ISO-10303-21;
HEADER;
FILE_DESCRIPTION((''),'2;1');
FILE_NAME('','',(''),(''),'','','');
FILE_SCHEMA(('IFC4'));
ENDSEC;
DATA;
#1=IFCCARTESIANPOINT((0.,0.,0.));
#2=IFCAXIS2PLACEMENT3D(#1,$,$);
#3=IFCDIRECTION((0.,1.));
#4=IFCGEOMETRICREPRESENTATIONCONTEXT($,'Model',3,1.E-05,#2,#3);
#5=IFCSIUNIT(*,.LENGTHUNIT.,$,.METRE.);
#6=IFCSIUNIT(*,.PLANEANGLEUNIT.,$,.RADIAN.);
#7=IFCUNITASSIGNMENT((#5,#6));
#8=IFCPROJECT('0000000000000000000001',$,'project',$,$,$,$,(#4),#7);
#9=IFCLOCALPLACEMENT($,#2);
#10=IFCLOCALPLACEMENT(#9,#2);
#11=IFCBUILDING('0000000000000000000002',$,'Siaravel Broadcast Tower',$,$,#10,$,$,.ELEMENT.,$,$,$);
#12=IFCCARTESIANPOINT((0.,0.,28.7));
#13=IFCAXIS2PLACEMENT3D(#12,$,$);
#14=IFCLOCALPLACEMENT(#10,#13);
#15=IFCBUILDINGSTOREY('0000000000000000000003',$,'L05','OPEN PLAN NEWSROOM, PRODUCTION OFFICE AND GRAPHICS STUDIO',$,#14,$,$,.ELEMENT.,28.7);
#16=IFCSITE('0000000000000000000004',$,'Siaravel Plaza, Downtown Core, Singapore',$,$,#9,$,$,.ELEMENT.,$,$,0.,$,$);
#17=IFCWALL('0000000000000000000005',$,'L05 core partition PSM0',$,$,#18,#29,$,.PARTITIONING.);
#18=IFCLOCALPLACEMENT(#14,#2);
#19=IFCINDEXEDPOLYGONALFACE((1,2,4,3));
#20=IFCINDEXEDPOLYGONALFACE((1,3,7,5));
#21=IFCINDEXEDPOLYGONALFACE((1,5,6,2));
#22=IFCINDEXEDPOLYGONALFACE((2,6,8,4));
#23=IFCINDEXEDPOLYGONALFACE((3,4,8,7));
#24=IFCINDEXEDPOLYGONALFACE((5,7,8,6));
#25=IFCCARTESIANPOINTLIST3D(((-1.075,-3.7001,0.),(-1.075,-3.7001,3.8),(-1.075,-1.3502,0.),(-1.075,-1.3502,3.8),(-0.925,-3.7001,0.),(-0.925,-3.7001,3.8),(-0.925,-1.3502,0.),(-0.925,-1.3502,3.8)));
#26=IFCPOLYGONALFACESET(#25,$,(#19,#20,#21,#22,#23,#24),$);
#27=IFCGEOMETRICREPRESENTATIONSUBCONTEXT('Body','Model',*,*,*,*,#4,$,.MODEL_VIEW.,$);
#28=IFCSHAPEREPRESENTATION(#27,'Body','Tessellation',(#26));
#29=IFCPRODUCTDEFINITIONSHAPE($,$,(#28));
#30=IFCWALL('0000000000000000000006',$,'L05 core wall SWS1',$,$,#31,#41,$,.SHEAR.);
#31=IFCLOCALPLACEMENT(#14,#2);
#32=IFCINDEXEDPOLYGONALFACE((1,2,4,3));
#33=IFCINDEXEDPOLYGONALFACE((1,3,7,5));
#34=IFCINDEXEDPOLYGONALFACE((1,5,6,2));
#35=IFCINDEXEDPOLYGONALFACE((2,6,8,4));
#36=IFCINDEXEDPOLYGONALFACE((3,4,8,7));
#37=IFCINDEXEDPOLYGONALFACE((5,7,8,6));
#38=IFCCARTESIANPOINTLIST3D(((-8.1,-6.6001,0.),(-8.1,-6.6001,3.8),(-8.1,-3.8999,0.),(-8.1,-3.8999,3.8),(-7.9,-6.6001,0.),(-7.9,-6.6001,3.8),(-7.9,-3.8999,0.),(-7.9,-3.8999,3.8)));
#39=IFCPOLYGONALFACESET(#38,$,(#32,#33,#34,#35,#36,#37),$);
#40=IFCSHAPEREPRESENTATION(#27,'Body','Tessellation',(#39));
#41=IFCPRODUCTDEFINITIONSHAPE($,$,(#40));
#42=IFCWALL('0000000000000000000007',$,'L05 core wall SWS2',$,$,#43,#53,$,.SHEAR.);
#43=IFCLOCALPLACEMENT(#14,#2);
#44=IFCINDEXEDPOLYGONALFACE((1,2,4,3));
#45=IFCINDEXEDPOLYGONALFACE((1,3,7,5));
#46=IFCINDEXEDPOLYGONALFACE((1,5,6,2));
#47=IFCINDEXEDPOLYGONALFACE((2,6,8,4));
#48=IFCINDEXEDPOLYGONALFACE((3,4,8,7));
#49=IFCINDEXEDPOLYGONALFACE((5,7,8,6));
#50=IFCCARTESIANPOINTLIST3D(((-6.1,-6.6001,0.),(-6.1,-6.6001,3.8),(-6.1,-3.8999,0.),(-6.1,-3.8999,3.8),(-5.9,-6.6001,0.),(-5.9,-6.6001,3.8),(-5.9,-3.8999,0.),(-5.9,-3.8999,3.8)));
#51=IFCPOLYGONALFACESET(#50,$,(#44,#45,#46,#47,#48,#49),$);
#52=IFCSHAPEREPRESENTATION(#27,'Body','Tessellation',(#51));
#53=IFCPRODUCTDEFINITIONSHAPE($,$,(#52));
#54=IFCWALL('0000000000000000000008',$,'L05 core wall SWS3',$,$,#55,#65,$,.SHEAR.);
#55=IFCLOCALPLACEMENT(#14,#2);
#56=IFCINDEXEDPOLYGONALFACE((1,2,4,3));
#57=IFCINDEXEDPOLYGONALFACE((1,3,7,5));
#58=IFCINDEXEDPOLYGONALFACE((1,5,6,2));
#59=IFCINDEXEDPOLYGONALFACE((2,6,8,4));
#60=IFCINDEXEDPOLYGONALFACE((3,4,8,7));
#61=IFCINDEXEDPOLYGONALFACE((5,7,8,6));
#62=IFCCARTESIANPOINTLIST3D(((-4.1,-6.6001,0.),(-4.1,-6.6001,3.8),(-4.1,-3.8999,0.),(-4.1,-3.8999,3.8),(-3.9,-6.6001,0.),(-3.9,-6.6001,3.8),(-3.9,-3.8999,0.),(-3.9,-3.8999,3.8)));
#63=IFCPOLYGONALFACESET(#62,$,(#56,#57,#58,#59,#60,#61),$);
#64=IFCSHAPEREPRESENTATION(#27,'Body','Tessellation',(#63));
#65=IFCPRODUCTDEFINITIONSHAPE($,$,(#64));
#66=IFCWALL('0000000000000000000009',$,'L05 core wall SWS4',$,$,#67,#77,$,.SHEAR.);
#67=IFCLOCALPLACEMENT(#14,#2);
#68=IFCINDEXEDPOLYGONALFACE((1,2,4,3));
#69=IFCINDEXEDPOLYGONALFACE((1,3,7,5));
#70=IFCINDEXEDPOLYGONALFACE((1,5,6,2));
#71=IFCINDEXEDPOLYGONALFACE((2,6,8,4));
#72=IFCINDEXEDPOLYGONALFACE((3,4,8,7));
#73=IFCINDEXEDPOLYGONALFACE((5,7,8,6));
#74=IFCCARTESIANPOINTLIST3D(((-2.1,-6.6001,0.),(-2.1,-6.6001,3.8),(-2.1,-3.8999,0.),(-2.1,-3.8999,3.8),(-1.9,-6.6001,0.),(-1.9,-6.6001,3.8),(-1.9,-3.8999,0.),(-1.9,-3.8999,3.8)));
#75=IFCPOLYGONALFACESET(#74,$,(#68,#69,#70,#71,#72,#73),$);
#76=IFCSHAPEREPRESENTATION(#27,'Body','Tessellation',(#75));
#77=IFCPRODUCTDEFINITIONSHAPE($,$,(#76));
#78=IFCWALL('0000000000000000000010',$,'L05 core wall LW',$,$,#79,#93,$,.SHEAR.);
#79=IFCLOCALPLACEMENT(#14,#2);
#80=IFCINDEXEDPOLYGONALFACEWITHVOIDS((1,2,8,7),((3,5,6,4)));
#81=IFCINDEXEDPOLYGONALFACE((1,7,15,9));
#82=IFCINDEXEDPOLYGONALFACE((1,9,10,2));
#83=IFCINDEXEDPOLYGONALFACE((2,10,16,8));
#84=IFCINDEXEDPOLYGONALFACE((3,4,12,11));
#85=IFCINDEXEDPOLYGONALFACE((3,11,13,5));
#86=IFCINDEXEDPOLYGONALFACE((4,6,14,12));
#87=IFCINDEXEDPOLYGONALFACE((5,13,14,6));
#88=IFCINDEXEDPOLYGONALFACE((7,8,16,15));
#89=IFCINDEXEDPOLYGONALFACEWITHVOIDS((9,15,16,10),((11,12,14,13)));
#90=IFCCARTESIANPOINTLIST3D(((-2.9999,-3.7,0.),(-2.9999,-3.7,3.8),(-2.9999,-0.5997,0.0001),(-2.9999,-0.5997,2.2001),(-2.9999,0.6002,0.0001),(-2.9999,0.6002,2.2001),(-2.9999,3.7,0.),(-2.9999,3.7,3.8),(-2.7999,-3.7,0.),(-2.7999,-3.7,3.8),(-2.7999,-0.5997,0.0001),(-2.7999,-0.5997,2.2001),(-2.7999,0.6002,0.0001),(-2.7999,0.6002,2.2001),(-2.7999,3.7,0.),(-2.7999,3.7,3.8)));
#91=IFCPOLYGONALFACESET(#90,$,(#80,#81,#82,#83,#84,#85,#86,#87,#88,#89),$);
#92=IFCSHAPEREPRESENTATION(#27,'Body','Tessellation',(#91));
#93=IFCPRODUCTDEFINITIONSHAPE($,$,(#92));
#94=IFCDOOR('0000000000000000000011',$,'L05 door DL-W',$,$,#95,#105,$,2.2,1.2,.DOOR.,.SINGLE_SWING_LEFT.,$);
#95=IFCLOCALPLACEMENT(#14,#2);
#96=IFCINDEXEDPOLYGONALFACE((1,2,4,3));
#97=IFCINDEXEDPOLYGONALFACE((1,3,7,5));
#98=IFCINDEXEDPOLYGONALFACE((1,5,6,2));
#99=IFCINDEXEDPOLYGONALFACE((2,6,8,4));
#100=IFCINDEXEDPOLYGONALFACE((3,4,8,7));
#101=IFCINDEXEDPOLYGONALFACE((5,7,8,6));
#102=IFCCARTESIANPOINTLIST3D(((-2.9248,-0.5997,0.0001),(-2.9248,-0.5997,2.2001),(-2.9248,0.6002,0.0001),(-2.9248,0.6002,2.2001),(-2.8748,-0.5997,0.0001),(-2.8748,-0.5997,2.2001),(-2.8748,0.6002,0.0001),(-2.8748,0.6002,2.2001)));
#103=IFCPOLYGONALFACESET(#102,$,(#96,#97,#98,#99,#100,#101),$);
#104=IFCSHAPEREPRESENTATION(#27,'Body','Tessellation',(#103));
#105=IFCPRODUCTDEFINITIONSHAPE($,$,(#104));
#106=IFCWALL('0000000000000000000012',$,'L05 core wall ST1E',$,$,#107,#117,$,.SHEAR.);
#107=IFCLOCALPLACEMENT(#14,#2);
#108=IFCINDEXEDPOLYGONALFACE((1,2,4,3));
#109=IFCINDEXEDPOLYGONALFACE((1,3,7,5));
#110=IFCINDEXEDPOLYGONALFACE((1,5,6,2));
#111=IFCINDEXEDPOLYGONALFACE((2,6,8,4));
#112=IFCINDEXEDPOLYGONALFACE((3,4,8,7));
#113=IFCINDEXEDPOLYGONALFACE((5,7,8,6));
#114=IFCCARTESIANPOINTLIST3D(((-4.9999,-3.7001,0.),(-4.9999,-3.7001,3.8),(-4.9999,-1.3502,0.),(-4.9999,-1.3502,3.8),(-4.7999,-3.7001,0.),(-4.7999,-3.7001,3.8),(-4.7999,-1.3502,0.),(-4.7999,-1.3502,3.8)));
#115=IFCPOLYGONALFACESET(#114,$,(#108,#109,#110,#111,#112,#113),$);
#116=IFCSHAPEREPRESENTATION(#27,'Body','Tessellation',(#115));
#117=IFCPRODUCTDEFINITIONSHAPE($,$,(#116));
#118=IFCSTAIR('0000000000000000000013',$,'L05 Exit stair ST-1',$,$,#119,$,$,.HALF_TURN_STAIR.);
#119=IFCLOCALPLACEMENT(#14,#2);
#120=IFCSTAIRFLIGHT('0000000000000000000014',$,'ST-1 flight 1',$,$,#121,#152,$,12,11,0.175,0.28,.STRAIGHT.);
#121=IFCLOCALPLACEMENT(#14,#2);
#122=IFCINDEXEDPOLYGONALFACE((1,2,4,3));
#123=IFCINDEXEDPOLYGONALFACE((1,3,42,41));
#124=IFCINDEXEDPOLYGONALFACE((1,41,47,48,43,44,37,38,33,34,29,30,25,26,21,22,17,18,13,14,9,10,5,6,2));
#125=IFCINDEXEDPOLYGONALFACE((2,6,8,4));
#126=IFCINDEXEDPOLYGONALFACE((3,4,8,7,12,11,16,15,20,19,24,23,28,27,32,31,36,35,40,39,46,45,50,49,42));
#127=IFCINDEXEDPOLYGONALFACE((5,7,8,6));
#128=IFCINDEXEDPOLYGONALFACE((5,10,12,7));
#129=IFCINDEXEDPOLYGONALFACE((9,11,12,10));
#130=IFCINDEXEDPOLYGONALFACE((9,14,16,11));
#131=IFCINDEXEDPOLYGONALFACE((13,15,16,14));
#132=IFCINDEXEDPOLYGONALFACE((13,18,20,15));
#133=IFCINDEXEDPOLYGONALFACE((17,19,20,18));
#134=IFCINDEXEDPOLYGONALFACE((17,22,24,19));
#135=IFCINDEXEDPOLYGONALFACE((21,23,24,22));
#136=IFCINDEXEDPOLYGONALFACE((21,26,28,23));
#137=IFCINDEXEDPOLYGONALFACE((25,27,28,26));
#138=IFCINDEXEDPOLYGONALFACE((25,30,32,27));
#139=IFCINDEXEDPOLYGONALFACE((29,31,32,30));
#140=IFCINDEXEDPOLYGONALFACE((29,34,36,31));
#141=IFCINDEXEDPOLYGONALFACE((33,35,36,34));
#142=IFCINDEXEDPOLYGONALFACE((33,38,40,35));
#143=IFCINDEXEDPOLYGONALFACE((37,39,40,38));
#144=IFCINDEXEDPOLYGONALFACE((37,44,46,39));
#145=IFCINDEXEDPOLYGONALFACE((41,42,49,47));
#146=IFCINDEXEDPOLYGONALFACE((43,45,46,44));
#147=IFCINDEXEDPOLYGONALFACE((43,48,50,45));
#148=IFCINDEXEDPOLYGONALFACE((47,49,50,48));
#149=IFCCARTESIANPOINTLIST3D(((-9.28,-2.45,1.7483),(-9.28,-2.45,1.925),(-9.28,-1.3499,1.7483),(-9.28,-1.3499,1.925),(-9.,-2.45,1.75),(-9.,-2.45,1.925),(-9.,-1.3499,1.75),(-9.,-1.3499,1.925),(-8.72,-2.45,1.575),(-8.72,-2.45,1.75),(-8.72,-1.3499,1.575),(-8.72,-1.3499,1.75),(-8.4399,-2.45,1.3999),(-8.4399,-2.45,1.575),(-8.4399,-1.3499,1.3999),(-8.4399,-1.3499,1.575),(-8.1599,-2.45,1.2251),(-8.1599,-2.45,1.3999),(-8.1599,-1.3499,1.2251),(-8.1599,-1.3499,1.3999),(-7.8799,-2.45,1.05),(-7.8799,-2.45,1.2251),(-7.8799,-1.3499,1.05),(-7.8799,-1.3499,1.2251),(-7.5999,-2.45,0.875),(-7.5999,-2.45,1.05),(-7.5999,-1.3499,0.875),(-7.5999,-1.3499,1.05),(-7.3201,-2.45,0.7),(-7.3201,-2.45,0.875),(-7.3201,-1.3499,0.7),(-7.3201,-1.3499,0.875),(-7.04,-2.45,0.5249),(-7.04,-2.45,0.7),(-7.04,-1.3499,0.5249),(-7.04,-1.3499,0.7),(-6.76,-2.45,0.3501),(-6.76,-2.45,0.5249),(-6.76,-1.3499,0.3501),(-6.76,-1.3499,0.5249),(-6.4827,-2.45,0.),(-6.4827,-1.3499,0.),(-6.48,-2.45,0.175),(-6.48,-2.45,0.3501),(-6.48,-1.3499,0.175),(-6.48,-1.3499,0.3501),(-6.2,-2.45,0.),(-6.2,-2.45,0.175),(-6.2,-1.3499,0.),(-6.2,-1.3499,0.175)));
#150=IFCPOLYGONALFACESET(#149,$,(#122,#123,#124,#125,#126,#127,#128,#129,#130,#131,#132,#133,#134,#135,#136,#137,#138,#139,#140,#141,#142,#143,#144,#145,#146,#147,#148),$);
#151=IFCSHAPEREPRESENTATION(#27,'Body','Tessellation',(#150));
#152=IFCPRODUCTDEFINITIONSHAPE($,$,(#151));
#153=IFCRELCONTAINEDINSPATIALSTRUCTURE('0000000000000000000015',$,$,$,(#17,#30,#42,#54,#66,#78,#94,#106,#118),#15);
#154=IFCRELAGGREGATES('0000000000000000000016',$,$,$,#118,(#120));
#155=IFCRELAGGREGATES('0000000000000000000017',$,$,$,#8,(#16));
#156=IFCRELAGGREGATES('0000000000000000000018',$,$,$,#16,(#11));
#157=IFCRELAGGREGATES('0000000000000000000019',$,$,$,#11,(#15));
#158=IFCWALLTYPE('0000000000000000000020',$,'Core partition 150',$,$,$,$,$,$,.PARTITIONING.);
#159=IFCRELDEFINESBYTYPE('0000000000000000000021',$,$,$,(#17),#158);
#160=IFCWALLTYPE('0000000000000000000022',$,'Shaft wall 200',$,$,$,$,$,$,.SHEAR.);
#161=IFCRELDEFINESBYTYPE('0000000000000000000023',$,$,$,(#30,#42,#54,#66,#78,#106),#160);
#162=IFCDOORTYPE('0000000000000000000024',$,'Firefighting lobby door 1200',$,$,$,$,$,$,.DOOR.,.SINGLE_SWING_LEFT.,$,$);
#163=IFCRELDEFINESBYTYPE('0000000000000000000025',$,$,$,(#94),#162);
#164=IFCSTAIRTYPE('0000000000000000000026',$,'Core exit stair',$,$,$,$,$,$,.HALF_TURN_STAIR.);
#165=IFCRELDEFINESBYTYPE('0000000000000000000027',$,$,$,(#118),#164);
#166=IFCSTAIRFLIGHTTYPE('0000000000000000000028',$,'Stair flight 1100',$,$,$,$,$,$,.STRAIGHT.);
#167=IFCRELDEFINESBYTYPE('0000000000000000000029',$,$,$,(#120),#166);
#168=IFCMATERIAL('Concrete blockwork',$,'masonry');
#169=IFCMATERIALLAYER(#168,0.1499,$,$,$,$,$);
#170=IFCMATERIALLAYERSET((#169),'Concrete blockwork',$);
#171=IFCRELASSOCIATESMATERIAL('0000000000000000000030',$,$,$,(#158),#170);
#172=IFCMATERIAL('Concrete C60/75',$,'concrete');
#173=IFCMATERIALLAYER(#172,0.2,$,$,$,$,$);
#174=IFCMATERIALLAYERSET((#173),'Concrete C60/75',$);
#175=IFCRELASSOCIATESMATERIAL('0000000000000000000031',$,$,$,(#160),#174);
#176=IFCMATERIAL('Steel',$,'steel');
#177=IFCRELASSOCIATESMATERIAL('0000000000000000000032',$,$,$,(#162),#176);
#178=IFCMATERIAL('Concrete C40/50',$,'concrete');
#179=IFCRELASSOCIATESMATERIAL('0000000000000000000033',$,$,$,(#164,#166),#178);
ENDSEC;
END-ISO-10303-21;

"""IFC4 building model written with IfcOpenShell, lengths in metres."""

from ifc_helpers import new_model, si_unit, direction, frame, frame_2d, origin, place, context, subcontext, project, spatial, polyline, rectangle, outline, extrude, material, layer, layer_set, type_object, element, fill, aggregate, save


model = new_model("IFC4")

# Units and contexts
model_context = context("Model", 3, precision=1e-05, world=origin(), true_north=direction((0.0, 1.0)))
body_context = subcontext(model_context, "Body", "Model", "MODEL_VIEW")
ifc_project = project(units=[si_unit("LENGTHUNIT", "METRE"), si_unit("PLANEANGLEUNIT", "RADIAN")], contexts=[model_context])

# Site, building, storey
site_placement = place(None, origin())
site = spatial("IfcSite", under=ifc_project, at=site_placement, Name="Siaravel Plaza, Downtown Core, Singapore", CompositionType="ELEMENT", RefElevation=0.0)
building_placement = place(site_placement, origin())
building = spatial("IfcBuilding", under=site, at=building_placement, Name="Siaravel Broadcast Tower", CompositionType="ELEMENT")
storey_placement = place(building_placement, frame((0.0, 0.0, 28.7)))
storey = spatial("IfcBuildingStorey", under=building, at=storey_placement, Name="L05", Description="OPEN PLAN NEWSROOM, PRODUCTION OFFICE AND GRAPHICS STUDIO", CompositionType="ELEMENT", Elevation=28.7)

# Walls
ifc_material_1 = material(Name="Concrete blockwork", Category="masonry")
ifc_layer_1 = layer(ifc_material_1, 0.1499)
ifc_layer_set_1 = layer_set([ifc_layer_1], Name="Concrete blockwork")
wall_type_1 = type_object("IfcWallType", Name="Core partition 150", PredefinedType="PARTITIONING", material=ifc_layer_set_1)
wall_1_placement = place(storey_placement, frame((-1.0, -3.7, 0.0), z_axis=(0.0, 0.0, 1.0), x_axis=(0.0, 1.0, 0.0)))
element("IfcWall", 1, at=wall_1_placement, inside=storey, type_object=wall_type_1, Name="L05 core partition PSM0", PredefinedType="PARTITIONING", context=body_context, shape_type="SweptSolid", body=[
    extrude(rectangle(XDim=2.3499, YDim=0.1499, at=frame_2d((1.1748, 0.0))), origin(), (0.0, 0.0, 1.0), 3.8),
])
ifc_material_2 = material(Name="Concrete C60/75", Category="concrete")
ifc_layer_2 = layer(ifc_material_2, 0.2)
ifc_layer_set_2 = layer_set([ifc_layer_2], Name="Concrete C60/75")
wall_type_2 = type_object("IfcWallType", Name="Shaft wall 200", PredefinedType="SHEAR", material=ifc_layer_set_2)
for number, where, z_axis, x_axis, name in (
    (2, (-8.0, -6.6001, 0.0), (0.0, 0.0, 1.0), (0.0, 1.0, 0.0), "L05 core wall SWS1"),
    (3, (-6.0, -6.6001, 0.0), (0.0, 0.0, 1.0), (0.0, 1.0, 0.0), "L05 core wall SWS2"),
    (4, (-4.0, -6.6001, 0.0), (0.0, 0.0, 1.0), (0.0, 1.0, 0.0), "L05 core wall SWS3"),
    (5, (-2.0, -6.6001, 0.0), (0.0, 0.0, 1.0), (0.0, 1.0, 0.0), "L05 core wall SWS4"),
):
    element("IfcWall", number, at=place(storey_placement, frame(where, z_axis=z_axis, x_axis=x_axis)), inside=storey, type_object=wall_type_2, Name=name, PredefinedType="SHEAR", context=body_context, shape_type="SweptSolid", body=[
        extrude(rectangle(XDim=2.7002, YDim=0.2, at=frame_2d((1.3501, 0.0))), origin(), (0.0, 0.0, 1.0), 3.8),
    ])

# Wall, opening, door
wall_2_placement = place(storey_placement, frame((-2.8999, -3.7, 0.0), z_axis=(0.0, 0.0, 1.0), x_axis=(0.0, 1.0, 0.0)))
wall_2 = element("IfcWall", 6, at=wall_2_placement, inside=storey, type_object=wall_type_2, Name="L05 core wall LW", PredefinedType="SHEAR", context=body_context, shape_type="SweptSolid", body=[
    extrude(rectangle(XDim=7.3999, YDim=0.2, at=frame_2d((3.7, 0.0))), origin(), (0.0, 0.0, 1.0), 3.8),
])
opening_placement = place(wall_2_placement, frame((3.1001, 0.0, 0.0)))
opening = element("IfcOpeningElement", 7, at=opening_placement, cuts=wall_2, PredefinedType="OPENING", context=body_context, shape_type="SweptSolid", body=[
    extrude(rectangle(XDim=1.2, YDim=2.2, at=frame_2d((0.6001, 1.1001))), frame((0.0, 0.1099, 0.0), z_axis=(0.0, -1.0, 0.0), x_axis=(1.0, 0.0, 0.0)), (0.0, 0.0, 1.0), 0.22),
])
ifc_material_3 = material(Name="Steel", Category="steel")
door_type = type_object("IfcDoorType", Name="Firefighting lobby door 1200", OperationType="SINGLE_SWING_LEFT", PredefinedType="DOOR", material=ifc_material_3)
door_placement = place(opening_placement, origin())
door = element("IfcDoor", 8, at=door_placement, inside=storey, type_object=door_type, Name="L05 door DL-W", OperationType="SINGLE_SWING_LEFT", OverallHeight=2.2, OverallWidth=1.2, PredefinedType="DOOR", context=body_context, shape_type="SweptSolid", body=[
    extrude(rectangle(XDim=1.2, YDim=2.2, at=frame_2d((0.6001, 1.1001))), frame((0.0, 0.0249, 0.0), z_axis=(0.0, -1.0, 0.0), x_axis=(1.0, 0.0, 0.0)), (0.0, 0.0, 1.0), 0.05),
])
fill(opening, door)

# Wall
wall_3_placement = place(storey_placement, frame((-4.8999, -3.7, 0.0), z_axis=(0.0, 0.0, 1.0), x_axis=(0.0, 1.0, 0.0)))
element("IfcWall", 9, at=wall_3_placement, inside=storey, type_object=wall_type_2, Name="L05 core wall ST1E", PredefinedType="SHEAR", context=body_context, shape_type="SweptSolid", body=[
    extrude(rectangle(XDim=2.3499, YDim=0.2, at=frame_2d((1.1748, 0.0))), origin(), (0.0, 0.0, 1.0), 3.8),
])

# Stair, stair flight
ifc_material_4 = material(Name="Concrete C40/50", Category="concrete")
stair_type = type_object("IfcStairType", Name="Core exit stair", PredefinedType="HALF_TURN_STAIR", material=ifc_material_4)
stair_placement = place(storey_placement, origin())
stair = element("IfcStair", 10, at=stair_placement, inside=storey, type_object=stair_type, Name="L05 Exit stair ST-1", PredefinedType="HALF_TURN_STAIR")
stair_flight_type = type_object("IfcStairFlightType", Name="Stair flight 1100", PredefinedType="STRAIGHT", material=ifc_material_4)
stair_flight_placement = place(storey_placement, frame((-6.2, -1.8999, 0.0), z_axis=(0.0, 0.0, 1.0), x_axis=(-1.0, 0.0, 0.0)))
stair_flight = element("IfcStairFlight", 11, at=stair_flight_placement, type_object=stair_flight_type, Name="ST-1 flight 1", NumberOfRisers=12, NumberOfTreads=11, PredefinedType="STRAIGHT", RiserHeight=0.175, TreadLength=0.28, context=body_context, shape_type="SweptSolid", body=[
    extrude(outline(polyline([(0.0, 0.0), (0.0, 0.175), (0.28, 0.175), (0.28, 0.3501), (0.5601, 0.3501), (0.5601, 0.5249), (0.8401, 0.5249), (0.8401, 0.7), (1.1201, 0.7), (1.1201, 0.875), (1.3999, 0.875), (1.3999, 1.05), (1.6799, 1.05), (1.6799, 1.2251), (1.96, 1.2251), (1.96, 1.3999), (2.24, 1.3999), (2.24, 1.575), (2.52, 1.575), (2.52, 1.75), (2.8, 1.75), (2.8, 1.925), (3.0801, 1.925), (3.0801, 2.1001), (3.0801, 1.7483), (0.2827, 0.0), (0.0, 0.0)])), frame((0.0, 0.55, 0.0), z_axis=(0.0, -1.0, 0.0), x_axis=(1.0, 0.0, 0.0)), (0.0, 0.0, 1.0), 1.1001),
])
aggregate(stair, [stair_flight])

save(model, "model.ifc")
